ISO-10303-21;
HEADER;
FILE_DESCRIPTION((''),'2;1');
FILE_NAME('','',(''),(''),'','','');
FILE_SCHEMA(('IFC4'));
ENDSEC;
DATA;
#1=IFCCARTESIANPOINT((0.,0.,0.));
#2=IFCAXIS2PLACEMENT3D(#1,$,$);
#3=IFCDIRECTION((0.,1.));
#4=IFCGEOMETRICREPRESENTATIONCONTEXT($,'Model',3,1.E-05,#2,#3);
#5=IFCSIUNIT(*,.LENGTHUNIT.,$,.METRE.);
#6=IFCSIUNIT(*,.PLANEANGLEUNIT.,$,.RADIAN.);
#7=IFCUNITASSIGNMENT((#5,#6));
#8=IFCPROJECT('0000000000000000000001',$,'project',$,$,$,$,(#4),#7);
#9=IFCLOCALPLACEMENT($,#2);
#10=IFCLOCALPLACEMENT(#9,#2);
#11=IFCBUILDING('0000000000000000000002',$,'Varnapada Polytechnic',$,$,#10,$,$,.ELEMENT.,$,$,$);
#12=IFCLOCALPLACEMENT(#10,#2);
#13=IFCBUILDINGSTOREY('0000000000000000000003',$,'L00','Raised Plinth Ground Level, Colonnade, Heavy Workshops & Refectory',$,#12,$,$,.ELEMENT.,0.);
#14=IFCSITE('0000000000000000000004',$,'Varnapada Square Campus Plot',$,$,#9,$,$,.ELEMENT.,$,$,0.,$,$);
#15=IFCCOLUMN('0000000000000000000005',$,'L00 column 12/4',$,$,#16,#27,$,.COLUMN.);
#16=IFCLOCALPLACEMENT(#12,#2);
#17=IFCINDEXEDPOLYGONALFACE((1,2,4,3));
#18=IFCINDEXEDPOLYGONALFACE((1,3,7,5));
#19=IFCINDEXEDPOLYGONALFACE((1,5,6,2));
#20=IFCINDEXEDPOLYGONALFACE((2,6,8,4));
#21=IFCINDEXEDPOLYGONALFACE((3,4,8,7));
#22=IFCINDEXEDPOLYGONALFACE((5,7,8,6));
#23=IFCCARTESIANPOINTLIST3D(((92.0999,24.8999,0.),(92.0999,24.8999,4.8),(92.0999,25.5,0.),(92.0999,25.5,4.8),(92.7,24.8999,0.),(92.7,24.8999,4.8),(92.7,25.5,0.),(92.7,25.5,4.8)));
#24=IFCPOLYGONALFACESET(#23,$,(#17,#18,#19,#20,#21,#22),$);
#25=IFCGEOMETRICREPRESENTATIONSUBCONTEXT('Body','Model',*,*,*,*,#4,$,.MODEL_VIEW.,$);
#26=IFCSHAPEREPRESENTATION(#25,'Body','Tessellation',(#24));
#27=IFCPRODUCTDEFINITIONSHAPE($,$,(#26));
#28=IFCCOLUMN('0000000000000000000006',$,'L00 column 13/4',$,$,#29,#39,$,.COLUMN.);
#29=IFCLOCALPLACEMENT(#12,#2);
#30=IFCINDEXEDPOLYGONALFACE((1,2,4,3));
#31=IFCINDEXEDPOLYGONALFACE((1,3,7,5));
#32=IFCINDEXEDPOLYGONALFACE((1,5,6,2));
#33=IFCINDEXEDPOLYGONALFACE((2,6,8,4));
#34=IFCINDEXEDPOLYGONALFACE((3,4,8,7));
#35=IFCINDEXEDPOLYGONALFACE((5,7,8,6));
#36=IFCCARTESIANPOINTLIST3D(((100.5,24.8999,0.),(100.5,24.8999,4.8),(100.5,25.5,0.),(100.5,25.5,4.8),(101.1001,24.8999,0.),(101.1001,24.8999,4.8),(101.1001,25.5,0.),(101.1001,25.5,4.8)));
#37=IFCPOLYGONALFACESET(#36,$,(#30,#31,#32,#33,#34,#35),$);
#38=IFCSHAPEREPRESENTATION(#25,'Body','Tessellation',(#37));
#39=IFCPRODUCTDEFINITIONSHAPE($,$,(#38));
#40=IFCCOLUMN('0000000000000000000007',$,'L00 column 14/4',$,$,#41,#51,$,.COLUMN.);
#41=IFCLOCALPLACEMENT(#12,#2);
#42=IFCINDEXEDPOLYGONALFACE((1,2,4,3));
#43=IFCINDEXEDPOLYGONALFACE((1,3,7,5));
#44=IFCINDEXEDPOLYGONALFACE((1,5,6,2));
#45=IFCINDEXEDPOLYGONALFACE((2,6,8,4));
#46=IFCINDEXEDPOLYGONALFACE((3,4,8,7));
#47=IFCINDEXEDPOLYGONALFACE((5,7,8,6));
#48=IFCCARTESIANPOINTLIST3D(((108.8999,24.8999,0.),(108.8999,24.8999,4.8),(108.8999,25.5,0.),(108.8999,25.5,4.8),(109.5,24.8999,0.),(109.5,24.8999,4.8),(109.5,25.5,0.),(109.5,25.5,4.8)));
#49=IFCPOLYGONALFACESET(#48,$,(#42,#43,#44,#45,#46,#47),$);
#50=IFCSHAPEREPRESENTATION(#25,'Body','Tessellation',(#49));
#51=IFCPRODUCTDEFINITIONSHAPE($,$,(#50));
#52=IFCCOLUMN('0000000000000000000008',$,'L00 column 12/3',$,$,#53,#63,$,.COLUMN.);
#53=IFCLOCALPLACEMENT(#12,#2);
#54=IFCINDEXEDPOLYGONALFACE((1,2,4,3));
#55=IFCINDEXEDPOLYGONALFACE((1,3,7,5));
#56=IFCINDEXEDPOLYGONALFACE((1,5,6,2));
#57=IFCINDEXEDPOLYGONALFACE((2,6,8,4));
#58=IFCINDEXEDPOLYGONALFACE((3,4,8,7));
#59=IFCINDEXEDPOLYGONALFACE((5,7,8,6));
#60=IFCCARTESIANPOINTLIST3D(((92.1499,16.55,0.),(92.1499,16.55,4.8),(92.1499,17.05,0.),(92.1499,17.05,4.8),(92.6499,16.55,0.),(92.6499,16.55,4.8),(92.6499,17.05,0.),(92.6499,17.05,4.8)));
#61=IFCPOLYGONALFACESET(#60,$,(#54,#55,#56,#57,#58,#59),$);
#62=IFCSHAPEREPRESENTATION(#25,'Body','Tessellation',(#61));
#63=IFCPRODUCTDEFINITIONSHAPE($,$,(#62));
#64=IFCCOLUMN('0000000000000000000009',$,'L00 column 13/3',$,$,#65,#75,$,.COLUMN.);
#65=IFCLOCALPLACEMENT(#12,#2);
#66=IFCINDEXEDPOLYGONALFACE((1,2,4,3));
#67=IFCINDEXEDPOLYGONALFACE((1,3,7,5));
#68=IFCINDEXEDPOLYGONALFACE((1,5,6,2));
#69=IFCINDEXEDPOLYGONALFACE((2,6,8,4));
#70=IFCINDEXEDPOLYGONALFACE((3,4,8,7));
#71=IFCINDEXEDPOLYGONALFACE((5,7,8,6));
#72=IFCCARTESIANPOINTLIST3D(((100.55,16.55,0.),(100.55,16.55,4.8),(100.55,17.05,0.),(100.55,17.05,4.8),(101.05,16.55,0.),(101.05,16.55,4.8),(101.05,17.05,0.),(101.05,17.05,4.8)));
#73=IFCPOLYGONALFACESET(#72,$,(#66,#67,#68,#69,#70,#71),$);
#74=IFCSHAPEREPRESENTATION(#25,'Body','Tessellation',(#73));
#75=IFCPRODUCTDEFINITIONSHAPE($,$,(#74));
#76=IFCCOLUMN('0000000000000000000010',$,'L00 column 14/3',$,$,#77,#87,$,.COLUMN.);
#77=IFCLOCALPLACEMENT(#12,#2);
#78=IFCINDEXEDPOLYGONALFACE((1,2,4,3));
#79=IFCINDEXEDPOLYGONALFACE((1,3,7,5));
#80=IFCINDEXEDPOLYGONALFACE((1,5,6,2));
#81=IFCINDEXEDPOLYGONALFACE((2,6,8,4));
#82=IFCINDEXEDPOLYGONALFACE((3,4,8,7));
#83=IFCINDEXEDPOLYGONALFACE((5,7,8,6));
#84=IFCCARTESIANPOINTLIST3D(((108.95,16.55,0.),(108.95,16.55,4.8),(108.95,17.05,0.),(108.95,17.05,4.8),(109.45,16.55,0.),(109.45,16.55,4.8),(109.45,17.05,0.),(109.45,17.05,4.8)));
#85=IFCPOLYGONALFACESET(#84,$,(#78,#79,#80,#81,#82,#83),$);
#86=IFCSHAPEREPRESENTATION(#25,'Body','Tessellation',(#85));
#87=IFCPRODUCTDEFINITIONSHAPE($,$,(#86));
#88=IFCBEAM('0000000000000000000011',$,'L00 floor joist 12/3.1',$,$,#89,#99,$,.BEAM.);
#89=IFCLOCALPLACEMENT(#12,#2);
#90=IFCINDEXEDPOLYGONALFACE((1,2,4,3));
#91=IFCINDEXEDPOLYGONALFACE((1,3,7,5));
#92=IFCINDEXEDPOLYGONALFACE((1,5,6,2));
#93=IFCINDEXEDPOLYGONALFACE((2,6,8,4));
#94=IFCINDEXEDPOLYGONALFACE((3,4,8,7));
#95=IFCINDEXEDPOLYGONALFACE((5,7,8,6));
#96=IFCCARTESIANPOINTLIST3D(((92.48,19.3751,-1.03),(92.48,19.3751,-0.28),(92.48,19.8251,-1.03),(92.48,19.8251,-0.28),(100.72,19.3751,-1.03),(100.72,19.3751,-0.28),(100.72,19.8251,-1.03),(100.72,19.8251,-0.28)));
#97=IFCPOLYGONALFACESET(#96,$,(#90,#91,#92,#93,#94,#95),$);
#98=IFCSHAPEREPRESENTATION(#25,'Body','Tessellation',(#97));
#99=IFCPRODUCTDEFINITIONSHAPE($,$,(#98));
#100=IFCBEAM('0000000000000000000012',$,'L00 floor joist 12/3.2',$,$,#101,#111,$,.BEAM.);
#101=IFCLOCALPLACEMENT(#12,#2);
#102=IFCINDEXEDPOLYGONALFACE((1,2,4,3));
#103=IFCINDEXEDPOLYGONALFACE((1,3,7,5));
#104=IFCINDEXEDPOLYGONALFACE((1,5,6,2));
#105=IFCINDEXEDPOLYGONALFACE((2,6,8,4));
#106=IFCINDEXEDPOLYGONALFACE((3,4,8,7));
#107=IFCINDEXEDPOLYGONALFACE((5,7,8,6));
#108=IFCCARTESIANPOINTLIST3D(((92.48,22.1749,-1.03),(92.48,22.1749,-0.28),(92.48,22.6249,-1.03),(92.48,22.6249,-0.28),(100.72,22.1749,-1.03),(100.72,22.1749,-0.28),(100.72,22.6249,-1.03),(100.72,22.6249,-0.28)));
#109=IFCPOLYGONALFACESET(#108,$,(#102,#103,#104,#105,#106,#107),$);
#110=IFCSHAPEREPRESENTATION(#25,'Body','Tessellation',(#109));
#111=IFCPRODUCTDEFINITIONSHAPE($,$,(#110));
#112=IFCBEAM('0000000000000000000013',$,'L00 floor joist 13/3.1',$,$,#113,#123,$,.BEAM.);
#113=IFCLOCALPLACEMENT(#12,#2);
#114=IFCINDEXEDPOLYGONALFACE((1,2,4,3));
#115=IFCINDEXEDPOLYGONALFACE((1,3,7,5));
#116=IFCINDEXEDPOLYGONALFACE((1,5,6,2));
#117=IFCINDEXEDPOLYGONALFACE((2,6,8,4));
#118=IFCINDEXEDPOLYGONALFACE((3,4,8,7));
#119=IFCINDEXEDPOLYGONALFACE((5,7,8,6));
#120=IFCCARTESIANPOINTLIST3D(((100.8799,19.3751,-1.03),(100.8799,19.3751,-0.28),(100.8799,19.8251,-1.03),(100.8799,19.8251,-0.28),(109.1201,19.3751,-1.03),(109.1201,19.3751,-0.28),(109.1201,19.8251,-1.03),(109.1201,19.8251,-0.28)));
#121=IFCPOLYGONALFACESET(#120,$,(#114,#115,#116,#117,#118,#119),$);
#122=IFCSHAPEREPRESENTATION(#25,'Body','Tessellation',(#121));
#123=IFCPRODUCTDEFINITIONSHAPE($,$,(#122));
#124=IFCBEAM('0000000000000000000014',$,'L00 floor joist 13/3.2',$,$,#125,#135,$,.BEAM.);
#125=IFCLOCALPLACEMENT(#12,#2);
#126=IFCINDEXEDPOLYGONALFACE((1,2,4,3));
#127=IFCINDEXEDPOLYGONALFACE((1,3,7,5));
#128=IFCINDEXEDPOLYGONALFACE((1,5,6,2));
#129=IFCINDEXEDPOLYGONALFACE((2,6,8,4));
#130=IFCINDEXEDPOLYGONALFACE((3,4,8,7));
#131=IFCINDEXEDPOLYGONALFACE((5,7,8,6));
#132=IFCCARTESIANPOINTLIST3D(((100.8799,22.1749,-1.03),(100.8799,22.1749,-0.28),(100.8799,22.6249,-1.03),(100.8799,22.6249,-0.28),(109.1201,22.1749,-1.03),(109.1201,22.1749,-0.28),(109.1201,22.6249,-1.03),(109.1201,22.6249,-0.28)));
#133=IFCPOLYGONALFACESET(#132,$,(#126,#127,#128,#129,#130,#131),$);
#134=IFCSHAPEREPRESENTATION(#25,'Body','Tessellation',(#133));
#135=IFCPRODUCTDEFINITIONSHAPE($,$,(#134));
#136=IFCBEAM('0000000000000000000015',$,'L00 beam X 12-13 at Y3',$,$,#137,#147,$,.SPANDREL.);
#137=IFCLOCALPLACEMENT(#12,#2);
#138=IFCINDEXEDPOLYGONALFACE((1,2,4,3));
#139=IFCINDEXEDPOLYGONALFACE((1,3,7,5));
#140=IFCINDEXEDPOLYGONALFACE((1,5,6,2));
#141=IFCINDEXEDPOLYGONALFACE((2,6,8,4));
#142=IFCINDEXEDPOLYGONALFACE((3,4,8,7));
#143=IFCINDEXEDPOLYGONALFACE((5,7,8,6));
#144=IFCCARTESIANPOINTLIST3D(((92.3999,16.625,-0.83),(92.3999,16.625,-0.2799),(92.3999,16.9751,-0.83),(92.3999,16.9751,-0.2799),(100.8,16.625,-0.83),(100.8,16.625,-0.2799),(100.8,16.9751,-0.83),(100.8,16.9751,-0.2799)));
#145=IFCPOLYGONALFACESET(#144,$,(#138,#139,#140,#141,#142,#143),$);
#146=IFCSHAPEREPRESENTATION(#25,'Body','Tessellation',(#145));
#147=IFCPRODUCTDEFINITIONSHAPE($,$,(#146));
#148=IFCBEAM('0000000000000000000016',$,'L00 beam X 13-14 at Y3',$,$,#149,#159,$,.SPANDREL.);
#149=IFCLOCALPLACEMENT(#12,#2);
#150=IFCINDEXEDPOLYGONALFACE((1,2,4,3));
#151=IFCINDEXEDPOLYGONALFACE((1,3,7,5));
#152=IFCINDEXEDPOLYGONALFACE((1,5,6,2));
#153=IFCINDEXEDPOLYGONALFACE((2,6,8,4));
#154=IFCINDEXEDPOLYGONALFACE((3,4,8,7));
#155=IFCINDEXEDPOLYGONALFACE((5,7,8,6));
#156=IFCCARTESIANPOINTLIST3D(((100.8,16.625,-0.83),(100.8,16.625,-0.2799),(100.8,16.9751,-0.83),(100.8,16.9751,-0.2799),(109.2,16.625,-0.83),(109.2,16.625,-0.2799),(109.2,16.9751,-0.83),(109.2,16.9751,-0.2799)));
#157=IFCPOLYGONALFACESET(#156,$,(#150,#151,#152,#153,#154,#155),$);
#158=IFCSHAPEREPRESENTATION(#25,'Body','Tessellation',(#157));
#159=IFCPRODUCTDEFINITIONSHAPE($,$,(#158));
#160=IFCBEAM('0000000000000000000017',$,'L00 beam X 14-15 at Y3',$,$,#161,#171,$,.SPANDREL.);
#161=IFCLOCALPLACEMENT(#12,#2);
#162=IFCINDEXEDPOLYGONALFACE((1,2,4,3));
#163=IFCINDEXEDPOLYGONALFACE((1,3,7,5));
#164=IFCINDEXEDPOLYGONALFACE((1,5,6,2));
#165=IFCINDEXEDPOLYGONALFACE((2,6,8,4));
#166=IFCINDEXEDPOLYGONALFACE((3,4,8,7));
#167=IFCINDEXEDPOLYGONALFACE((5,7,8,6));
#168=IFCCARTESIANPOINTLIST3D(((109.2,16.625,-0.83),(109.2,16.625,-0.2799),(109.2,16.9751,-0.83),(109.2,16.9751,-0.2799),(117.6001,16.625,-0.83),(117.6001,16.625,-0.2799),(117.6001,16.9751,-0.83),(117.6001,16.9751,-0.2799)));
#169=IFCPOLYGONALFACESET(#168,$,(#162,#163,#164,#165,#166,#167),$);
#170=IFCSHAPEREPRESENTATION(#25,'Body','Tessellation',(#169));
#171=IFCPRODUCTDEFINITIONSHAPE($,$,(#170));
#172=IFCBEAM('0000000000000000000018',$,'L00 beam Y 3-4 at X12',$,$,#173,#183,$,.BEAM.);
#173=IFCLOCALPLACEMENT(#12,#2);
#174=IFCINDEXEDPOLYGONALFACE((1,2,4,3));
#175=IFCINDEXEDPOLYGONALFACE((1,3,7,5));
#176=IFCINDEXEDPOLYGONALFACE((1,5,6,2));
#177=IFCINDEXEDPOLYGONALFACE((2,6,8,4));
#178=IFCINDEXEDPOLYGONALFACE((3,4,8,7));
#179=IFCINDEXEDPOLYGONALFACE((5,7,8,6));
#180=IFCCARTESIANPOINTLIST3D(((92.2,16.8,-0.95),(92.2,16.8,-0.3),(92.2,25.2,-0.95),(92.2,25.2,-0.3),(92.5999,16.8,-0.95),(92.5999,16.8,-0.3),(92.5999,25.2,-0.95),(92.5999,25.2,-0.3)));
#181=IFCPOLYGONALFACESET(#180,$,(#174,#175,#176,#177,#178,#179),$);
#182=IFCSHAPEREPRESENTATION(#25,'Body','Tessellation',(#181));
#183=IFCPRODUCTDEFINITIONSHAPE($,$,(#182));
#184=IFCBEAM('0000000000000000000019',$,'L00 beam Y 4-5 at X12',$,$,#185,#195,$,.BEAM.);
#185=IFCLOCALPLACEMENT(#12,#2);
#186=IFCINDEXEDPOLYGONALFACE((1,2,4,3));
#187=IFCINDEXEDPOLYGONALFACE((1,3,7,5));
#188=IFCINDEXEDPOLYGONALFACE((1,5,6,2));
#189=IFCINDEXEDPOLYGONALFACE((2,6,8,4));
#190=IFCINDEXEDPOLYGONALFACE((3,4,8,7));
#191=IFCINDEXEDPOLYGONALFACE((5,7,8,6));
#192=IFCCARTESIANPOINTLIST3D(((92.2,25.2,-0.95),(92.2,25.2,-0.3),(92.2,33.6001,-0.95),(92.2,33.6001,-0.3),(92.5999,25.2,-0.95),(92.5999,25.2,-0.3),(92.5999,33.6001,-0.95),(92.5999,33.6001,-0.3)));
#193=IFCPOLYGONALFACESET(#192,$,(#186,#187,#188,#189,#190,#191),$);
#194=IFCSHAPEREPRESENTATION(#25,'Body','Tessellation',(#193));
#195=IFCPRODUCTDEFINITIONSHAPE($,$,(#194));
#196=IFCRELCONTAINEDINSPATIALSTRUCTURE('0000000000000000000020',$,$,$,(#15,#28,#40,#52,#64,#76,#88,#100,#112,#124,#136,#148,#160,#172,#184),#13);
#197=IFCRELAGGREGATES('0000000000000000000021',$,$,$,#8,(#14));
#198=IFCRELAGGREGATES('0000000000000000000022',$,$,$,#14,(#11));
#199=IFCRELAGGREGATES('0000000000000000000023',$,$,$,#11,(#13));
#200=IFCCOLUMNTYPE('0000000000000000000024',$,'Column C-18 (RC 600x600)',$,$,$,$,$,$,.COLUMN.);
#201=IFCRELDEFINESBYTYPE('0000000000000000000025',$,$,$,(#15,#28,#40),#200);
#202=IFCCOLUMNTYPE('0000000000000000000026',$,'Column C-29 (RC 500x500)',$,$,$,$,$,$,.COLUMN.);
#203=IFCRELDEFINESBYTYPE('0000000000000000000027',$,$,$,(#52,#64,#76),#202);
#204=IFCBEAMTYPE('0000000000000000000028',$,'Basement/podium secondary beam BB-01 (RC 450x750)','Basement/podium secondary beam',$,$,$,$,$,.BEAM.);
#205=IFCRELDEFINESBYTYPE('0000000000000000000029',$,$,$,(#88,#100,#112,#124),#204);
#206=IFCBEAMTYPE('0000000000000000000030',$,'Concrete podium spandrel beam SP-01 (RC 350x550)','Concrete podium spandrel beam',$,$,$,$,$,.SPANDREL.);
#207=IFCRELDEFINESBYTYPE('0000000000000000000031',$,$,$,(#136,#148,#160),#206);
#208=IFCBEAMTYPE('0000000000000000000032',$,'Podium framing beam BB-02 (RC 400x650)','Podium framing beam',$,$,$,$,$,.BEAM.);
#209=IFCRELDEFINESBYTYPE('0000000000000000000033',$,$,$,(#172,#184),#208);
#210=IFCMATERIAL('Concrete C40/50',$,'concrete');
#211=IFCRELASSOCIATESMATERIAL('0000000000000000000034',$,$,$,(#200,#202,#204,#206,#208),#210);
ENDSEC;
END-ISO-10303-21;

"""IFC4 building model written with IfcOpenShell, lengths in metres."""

from ifc_helpers import new_model, si_unit, direction, frame, origin, origin_2d, place, context, subcontext, project, spatial, rectangle, extrude, material, material_profile, profile_set, type_object, element, save


model = new_model("IFC4")

# Units and contexts
model_context = context("Model", 3, precision=1e-05, world=origin(), true_north=direction((0.0, 1.0)))
body_context = subcontext(model_context, "Body", "Model", "MODEL_VIEW")
ifc_project = project(units=[si_unit("LENGTHUNIT", "METRE"), si_unit("PLANEANGLEUNIT", "RADIAN")], contexts=[model_context])

# Site, building, storey
site_placement = place(None, origin())
site = spatial("IfcSite", under=ifc_project, at=site_placement, Name="Varnapada Square Campus Plot", CompositionType="ELEMENT", RefElevation=0.0)
building_placement = place(site_placement, origin())
building = spatial("IfcBuilding", under=site, at=building_placement, Name="Varnapada Polytechnic", CompositionType="ELEMENT")
storey_placement = place(building_placement, origin())
storey = spatial("IfcBuildingStorey", under=building, at=storey_placement, Name="L00", Description="Raised Plinth Ground Level, Colonnade, Heavy Workshops & Refectory", CompositionType="ELEMENT", Elevation=0.0)

# Columns
ifc_material_1 = material(Name="Concrete C40/50", Category="concrete")
ifc_material_profile_1 = material_profile(ifc_material_1, rectangle(XDim=0.6001, YDim=0.6001, at=origin_2d()), Name="RC 600x600")
ifc_profile_set_1 = profile_set([ifc_material_profile_1], Name="Concrete C40/50")
column_type_1 = type_object("IfcColumnType", Name="Column C-18 (RC 600x600)", PredefinedType="COLUMN", material=ifc_profile_set_1)
for number, where, z_axis, x_axis, name in (
    (1, (92.3999, 25.2, 0.0), (0.0, 0.0, 1.0), (1.0, 0.0, 0.0), "L00 column 12/4"),
    (2, (100.8, 25.2, 0.0), (0.0, 0.0, 1.0), (1.0, 0.0, 0.0), "L00 column 13/4"),
    (3, (109.2, 25.2, 0.0), (0.0, 0.0, 1.0), (1.0, 0.0, 0.0), "L00 column 14/4"),
):
    element("IfcColumn", number, at=place(storey_placement, frame(where, z_axis=z_axis, x_axis=x_axis)), inside=storey, type_object=column_type_1, Name=name, PredefinedType="COLUMN", context=body_context, shape_type="SweptSolid", body=[
        extrude(rectangle(XDim=0.6001, YDim=0.6001, at=origin_2d()), origin(), (0.0, 0.0, 1.0), 4.8),
    ])
ifc_material_profile_2 = material_profile(ifc_material_1, rectangle(XDim=0.5, YDim=0.5, at=origin_2d()), Name="RC 500x500")
ifc_profile_set_2 = profile_set([ifc_material_profile_2], Name="Concrete C40/50")
column_type_2 = type_object("IfcColumnType", Name="Column C-29 (RC 500x500)", PredefinedType="COLUMN", material=ifc_profile_set_2)
for number, where, z_axis, x_axis, name in (
    (4, (92.3999, 16.8, 0.0), (0.0, 0.0, 1.0), (1.0, 0.0, 0.0), "L00 column 12/3"),
    (5, (100.8, 16.8, 0.0), (0.0, 0.0, 1.0), (1.0, 0.0, 0.0), "L00 column 13/3"),
    (6, (109.2, 16.8, 0.0), (0.0, 0.0, 1.0), (1.0, 0.0, 0.0), "L00 column 14/3"),
):
    element("IfcColumn", number, at=place(storey_placement, frame(where, z_axis=z_axis, x_axis=x_axis)), inside=storey, type_object=column_type_2, Name=name, PredefinedType="COLUMN", context=body_context, shape_type="SweptSolid", body=[
        extrude(rectangle(XDim=0.5, YDim=0.5, at=origin_2d()), origin(), (0.0, 0.0, 1.0), 4.8),
    ])

# Beams
ifc_material_profile_3 = material_profile(ifc_material_1, rectangle(XDim=0.45, YDim=0.75, at=origin_2d()), Name="RC 450x750")
ifc_profile_set_3 = profile_set([ifc_material_profile_3], Name="Concrete C40/50")
beam_type_1 = type_object("IfcBeamType", Name="Basement/podium secondary beam BB-01 (RC 450x750)", Description="Basement/podium secondary beam", PredefinedType="BEAM", material=ifc_profile_set_3)
for number, where, z_axis, x_axis, name in (
    (7, (92.48, 19.6001, -0.655), (1.0, 0.0, 0.0), (0.0, 1.0, 0.0), "L00 floor joist 12/3.1"),
    (8, (92.48, 22.3999, -0.655), (1.0, 0.0, 0.0), (0.0, 1.0, 0.0), "L00 floor joist 12/3.2"),
):
    element("IfcBeam", number, at=place(storey_placement, frame(where, z_axis=z_axis, x_axis=x_axis)), inside=storey, type_object=beam_type_1, Name=name, PredefinedType="BEAM", context=body_context, shape_type="SweptSolid", body=[
        extrude(rectangle(XDim=0.45, YDim=0.75, at=origin_2d()), origin(), (0.0, 0.0, 1.0), 8.24),
    ])
for number, where, z_axis, x_axis, name in (
    (9, (100.8799, 19.6001, -0.655), (1.0, 0.0, 0.0), (0.0, 1.0, 0.0), "L00 floor joist 13/3.1"),
    (10, (100.8799, 22.3999, -0.655), (1.0, 0.0, 0.0), (0.0, 1.0, 0.0), "L00 floor joist 13/3.2"),
):
    element("IfcBeam", number, at=place(storey_placement, frame(where, z_axis=z_axis, x_axis=x_axis)), inside=storey, type_object=beam_type_1, Name=name, PredefinedType="BEAM", context=body_context, shape_type="SweptSolid", body=[
        extrude(rectangle(XDim=0.45, YDim=0.75, at=origin_2d()), origin(), (0.0, 0.0, 1.0), 8.2402),
    ])
ifc_material_profile_4 = material_profile(ifc_material_1, rectangle(XDim=0.3501, YDim=0.55, at=origin_2d()), Name="RC 350x550")
ifc_profile_set_4 = profile_set([ifc_material_profile_4], Name="Concrete C40/50")
beam_type_2 = type_object("IfcBeamType", Name="Concrete podium spandrel beam SP-01 (RC 350x550)", Description="Concrete podium spandrel beam", PredefinedType="SPANDREL", material=ifc_profile_set_4)
beam_1_placement = place(storey_placement, frame((92.3999, 16.8, -0.5549), z_axis=(1.0, 0.0, 0.0), x_axis=(0.0, 1.0, 0.0)))
element("IfcBeam", 11, at=beam_1_placement, inside=storey, type_object=beam_type_2, Name="L00 beam X 12-13 at Y3", PredefinedType="SPANDREL", context=body_context, shape_type="SweptSolid", body=[
    extrude(rectangle(XDim=0.3501, YDim=0.55, at=origin_2d()), origin(), (0.0, 0.0, 1.0), 8.4001),
])
beam_2_placement = place(storey_placement, frame((100.8, 16.8, -0.5549), z_axis=(1.0, 0.0, 0.0), x_axis=(0.0, 1.0, 0.0)))
element("IfcBeam", 12, at=beam_2_placement, inside=storey, type_object=beam_type_2, Name="L00 beam X 13-14 at Y3", PredefinedType="SPANDREL", context=body_context, shape_type="SweptSolid", body=[
    extrude(rectangle(XDim=0.3501, YDim=0.55, at=origin_2d()), origin(), (0.0, 0.0, 1.0), 8.3999),
])
beam_3_placement = place(storey_placement, frame((109.2, 16.8, -0.5549), z_axis=(1.0, 0.0, 0.0), x_axis=(0.0, 1.0, 0.0)))
element("IfcBeam", 13, at=beam_3_placement, inside=storey, type_object=beam_type_2, Name="L00 beam X 14-15 at Y3", PredefinedType="SPANDREL", context=body_context, shape_type="SweptSolid", body=[
    extrude(rectangle(XDim=0.3501, YDim=0.55, at=origin_2d()), origin(), (0.0, 0.0, 1.0), 8.4001),
])
ifc_material_profile_5 = material_profile(ifc_material_1, rectangle(XDim=0.3999, YDim=0.6499, at=origin_2d()), Name="RC 400x650")
ifc_profile_set_5 = profile_set([ifc_material_profile_5], Name="Concrete C40/50")
beam_type_3 = type_object("IfcBeamType", Name="Podium framing beam BB-02 (RC 400x650)", Description="Podium framing beam", PredefinedType="BEAM", material=ifc_profile_set_5)
beam_4_placement = place(storey_placement, frame((92.3999, 16.8, -0.625), z_axis=(0.0, 1.0, 0.0), x_axis=(-1.0, 0.0, 0.0)))
element("IfcBeam", 14, at=beam_4_placement, inside=storey, type_object=beam_type_3, Name="L00 beam Y 3-4 at X12", PredefinedType="BEAM", context=body_context, shape_type="SweptSolid", body=[
    extrude(rectangle(XDim=0.3999, YDim=0.6499, at=origin_2d()), origin(), (0.0, 0.0, 1.0), 8.3999),
])
beam_5_placement = place(storey_placement, frame((92.3999, 25.2, -0.625), z_axis=(0.0, 1.0, 0.0), x_axis=(-1.0, 0.0, 0.0)))
element("IfcBeam", 15, at=beam_5_placement, inside=storey, type_object=beam_type_3, Name="L00 beam Y 4-5 at X12", PredefinedType="BEAM", context=body_context, shape_type="SweptSolid", body=[
    extrude(rectangle(XDim=0.3999, YDim=0.6499, at=origin_2d()), origin(), (0.0, 0.0, 1.0), 8.4001),
])

save(model, "model.ifc")
